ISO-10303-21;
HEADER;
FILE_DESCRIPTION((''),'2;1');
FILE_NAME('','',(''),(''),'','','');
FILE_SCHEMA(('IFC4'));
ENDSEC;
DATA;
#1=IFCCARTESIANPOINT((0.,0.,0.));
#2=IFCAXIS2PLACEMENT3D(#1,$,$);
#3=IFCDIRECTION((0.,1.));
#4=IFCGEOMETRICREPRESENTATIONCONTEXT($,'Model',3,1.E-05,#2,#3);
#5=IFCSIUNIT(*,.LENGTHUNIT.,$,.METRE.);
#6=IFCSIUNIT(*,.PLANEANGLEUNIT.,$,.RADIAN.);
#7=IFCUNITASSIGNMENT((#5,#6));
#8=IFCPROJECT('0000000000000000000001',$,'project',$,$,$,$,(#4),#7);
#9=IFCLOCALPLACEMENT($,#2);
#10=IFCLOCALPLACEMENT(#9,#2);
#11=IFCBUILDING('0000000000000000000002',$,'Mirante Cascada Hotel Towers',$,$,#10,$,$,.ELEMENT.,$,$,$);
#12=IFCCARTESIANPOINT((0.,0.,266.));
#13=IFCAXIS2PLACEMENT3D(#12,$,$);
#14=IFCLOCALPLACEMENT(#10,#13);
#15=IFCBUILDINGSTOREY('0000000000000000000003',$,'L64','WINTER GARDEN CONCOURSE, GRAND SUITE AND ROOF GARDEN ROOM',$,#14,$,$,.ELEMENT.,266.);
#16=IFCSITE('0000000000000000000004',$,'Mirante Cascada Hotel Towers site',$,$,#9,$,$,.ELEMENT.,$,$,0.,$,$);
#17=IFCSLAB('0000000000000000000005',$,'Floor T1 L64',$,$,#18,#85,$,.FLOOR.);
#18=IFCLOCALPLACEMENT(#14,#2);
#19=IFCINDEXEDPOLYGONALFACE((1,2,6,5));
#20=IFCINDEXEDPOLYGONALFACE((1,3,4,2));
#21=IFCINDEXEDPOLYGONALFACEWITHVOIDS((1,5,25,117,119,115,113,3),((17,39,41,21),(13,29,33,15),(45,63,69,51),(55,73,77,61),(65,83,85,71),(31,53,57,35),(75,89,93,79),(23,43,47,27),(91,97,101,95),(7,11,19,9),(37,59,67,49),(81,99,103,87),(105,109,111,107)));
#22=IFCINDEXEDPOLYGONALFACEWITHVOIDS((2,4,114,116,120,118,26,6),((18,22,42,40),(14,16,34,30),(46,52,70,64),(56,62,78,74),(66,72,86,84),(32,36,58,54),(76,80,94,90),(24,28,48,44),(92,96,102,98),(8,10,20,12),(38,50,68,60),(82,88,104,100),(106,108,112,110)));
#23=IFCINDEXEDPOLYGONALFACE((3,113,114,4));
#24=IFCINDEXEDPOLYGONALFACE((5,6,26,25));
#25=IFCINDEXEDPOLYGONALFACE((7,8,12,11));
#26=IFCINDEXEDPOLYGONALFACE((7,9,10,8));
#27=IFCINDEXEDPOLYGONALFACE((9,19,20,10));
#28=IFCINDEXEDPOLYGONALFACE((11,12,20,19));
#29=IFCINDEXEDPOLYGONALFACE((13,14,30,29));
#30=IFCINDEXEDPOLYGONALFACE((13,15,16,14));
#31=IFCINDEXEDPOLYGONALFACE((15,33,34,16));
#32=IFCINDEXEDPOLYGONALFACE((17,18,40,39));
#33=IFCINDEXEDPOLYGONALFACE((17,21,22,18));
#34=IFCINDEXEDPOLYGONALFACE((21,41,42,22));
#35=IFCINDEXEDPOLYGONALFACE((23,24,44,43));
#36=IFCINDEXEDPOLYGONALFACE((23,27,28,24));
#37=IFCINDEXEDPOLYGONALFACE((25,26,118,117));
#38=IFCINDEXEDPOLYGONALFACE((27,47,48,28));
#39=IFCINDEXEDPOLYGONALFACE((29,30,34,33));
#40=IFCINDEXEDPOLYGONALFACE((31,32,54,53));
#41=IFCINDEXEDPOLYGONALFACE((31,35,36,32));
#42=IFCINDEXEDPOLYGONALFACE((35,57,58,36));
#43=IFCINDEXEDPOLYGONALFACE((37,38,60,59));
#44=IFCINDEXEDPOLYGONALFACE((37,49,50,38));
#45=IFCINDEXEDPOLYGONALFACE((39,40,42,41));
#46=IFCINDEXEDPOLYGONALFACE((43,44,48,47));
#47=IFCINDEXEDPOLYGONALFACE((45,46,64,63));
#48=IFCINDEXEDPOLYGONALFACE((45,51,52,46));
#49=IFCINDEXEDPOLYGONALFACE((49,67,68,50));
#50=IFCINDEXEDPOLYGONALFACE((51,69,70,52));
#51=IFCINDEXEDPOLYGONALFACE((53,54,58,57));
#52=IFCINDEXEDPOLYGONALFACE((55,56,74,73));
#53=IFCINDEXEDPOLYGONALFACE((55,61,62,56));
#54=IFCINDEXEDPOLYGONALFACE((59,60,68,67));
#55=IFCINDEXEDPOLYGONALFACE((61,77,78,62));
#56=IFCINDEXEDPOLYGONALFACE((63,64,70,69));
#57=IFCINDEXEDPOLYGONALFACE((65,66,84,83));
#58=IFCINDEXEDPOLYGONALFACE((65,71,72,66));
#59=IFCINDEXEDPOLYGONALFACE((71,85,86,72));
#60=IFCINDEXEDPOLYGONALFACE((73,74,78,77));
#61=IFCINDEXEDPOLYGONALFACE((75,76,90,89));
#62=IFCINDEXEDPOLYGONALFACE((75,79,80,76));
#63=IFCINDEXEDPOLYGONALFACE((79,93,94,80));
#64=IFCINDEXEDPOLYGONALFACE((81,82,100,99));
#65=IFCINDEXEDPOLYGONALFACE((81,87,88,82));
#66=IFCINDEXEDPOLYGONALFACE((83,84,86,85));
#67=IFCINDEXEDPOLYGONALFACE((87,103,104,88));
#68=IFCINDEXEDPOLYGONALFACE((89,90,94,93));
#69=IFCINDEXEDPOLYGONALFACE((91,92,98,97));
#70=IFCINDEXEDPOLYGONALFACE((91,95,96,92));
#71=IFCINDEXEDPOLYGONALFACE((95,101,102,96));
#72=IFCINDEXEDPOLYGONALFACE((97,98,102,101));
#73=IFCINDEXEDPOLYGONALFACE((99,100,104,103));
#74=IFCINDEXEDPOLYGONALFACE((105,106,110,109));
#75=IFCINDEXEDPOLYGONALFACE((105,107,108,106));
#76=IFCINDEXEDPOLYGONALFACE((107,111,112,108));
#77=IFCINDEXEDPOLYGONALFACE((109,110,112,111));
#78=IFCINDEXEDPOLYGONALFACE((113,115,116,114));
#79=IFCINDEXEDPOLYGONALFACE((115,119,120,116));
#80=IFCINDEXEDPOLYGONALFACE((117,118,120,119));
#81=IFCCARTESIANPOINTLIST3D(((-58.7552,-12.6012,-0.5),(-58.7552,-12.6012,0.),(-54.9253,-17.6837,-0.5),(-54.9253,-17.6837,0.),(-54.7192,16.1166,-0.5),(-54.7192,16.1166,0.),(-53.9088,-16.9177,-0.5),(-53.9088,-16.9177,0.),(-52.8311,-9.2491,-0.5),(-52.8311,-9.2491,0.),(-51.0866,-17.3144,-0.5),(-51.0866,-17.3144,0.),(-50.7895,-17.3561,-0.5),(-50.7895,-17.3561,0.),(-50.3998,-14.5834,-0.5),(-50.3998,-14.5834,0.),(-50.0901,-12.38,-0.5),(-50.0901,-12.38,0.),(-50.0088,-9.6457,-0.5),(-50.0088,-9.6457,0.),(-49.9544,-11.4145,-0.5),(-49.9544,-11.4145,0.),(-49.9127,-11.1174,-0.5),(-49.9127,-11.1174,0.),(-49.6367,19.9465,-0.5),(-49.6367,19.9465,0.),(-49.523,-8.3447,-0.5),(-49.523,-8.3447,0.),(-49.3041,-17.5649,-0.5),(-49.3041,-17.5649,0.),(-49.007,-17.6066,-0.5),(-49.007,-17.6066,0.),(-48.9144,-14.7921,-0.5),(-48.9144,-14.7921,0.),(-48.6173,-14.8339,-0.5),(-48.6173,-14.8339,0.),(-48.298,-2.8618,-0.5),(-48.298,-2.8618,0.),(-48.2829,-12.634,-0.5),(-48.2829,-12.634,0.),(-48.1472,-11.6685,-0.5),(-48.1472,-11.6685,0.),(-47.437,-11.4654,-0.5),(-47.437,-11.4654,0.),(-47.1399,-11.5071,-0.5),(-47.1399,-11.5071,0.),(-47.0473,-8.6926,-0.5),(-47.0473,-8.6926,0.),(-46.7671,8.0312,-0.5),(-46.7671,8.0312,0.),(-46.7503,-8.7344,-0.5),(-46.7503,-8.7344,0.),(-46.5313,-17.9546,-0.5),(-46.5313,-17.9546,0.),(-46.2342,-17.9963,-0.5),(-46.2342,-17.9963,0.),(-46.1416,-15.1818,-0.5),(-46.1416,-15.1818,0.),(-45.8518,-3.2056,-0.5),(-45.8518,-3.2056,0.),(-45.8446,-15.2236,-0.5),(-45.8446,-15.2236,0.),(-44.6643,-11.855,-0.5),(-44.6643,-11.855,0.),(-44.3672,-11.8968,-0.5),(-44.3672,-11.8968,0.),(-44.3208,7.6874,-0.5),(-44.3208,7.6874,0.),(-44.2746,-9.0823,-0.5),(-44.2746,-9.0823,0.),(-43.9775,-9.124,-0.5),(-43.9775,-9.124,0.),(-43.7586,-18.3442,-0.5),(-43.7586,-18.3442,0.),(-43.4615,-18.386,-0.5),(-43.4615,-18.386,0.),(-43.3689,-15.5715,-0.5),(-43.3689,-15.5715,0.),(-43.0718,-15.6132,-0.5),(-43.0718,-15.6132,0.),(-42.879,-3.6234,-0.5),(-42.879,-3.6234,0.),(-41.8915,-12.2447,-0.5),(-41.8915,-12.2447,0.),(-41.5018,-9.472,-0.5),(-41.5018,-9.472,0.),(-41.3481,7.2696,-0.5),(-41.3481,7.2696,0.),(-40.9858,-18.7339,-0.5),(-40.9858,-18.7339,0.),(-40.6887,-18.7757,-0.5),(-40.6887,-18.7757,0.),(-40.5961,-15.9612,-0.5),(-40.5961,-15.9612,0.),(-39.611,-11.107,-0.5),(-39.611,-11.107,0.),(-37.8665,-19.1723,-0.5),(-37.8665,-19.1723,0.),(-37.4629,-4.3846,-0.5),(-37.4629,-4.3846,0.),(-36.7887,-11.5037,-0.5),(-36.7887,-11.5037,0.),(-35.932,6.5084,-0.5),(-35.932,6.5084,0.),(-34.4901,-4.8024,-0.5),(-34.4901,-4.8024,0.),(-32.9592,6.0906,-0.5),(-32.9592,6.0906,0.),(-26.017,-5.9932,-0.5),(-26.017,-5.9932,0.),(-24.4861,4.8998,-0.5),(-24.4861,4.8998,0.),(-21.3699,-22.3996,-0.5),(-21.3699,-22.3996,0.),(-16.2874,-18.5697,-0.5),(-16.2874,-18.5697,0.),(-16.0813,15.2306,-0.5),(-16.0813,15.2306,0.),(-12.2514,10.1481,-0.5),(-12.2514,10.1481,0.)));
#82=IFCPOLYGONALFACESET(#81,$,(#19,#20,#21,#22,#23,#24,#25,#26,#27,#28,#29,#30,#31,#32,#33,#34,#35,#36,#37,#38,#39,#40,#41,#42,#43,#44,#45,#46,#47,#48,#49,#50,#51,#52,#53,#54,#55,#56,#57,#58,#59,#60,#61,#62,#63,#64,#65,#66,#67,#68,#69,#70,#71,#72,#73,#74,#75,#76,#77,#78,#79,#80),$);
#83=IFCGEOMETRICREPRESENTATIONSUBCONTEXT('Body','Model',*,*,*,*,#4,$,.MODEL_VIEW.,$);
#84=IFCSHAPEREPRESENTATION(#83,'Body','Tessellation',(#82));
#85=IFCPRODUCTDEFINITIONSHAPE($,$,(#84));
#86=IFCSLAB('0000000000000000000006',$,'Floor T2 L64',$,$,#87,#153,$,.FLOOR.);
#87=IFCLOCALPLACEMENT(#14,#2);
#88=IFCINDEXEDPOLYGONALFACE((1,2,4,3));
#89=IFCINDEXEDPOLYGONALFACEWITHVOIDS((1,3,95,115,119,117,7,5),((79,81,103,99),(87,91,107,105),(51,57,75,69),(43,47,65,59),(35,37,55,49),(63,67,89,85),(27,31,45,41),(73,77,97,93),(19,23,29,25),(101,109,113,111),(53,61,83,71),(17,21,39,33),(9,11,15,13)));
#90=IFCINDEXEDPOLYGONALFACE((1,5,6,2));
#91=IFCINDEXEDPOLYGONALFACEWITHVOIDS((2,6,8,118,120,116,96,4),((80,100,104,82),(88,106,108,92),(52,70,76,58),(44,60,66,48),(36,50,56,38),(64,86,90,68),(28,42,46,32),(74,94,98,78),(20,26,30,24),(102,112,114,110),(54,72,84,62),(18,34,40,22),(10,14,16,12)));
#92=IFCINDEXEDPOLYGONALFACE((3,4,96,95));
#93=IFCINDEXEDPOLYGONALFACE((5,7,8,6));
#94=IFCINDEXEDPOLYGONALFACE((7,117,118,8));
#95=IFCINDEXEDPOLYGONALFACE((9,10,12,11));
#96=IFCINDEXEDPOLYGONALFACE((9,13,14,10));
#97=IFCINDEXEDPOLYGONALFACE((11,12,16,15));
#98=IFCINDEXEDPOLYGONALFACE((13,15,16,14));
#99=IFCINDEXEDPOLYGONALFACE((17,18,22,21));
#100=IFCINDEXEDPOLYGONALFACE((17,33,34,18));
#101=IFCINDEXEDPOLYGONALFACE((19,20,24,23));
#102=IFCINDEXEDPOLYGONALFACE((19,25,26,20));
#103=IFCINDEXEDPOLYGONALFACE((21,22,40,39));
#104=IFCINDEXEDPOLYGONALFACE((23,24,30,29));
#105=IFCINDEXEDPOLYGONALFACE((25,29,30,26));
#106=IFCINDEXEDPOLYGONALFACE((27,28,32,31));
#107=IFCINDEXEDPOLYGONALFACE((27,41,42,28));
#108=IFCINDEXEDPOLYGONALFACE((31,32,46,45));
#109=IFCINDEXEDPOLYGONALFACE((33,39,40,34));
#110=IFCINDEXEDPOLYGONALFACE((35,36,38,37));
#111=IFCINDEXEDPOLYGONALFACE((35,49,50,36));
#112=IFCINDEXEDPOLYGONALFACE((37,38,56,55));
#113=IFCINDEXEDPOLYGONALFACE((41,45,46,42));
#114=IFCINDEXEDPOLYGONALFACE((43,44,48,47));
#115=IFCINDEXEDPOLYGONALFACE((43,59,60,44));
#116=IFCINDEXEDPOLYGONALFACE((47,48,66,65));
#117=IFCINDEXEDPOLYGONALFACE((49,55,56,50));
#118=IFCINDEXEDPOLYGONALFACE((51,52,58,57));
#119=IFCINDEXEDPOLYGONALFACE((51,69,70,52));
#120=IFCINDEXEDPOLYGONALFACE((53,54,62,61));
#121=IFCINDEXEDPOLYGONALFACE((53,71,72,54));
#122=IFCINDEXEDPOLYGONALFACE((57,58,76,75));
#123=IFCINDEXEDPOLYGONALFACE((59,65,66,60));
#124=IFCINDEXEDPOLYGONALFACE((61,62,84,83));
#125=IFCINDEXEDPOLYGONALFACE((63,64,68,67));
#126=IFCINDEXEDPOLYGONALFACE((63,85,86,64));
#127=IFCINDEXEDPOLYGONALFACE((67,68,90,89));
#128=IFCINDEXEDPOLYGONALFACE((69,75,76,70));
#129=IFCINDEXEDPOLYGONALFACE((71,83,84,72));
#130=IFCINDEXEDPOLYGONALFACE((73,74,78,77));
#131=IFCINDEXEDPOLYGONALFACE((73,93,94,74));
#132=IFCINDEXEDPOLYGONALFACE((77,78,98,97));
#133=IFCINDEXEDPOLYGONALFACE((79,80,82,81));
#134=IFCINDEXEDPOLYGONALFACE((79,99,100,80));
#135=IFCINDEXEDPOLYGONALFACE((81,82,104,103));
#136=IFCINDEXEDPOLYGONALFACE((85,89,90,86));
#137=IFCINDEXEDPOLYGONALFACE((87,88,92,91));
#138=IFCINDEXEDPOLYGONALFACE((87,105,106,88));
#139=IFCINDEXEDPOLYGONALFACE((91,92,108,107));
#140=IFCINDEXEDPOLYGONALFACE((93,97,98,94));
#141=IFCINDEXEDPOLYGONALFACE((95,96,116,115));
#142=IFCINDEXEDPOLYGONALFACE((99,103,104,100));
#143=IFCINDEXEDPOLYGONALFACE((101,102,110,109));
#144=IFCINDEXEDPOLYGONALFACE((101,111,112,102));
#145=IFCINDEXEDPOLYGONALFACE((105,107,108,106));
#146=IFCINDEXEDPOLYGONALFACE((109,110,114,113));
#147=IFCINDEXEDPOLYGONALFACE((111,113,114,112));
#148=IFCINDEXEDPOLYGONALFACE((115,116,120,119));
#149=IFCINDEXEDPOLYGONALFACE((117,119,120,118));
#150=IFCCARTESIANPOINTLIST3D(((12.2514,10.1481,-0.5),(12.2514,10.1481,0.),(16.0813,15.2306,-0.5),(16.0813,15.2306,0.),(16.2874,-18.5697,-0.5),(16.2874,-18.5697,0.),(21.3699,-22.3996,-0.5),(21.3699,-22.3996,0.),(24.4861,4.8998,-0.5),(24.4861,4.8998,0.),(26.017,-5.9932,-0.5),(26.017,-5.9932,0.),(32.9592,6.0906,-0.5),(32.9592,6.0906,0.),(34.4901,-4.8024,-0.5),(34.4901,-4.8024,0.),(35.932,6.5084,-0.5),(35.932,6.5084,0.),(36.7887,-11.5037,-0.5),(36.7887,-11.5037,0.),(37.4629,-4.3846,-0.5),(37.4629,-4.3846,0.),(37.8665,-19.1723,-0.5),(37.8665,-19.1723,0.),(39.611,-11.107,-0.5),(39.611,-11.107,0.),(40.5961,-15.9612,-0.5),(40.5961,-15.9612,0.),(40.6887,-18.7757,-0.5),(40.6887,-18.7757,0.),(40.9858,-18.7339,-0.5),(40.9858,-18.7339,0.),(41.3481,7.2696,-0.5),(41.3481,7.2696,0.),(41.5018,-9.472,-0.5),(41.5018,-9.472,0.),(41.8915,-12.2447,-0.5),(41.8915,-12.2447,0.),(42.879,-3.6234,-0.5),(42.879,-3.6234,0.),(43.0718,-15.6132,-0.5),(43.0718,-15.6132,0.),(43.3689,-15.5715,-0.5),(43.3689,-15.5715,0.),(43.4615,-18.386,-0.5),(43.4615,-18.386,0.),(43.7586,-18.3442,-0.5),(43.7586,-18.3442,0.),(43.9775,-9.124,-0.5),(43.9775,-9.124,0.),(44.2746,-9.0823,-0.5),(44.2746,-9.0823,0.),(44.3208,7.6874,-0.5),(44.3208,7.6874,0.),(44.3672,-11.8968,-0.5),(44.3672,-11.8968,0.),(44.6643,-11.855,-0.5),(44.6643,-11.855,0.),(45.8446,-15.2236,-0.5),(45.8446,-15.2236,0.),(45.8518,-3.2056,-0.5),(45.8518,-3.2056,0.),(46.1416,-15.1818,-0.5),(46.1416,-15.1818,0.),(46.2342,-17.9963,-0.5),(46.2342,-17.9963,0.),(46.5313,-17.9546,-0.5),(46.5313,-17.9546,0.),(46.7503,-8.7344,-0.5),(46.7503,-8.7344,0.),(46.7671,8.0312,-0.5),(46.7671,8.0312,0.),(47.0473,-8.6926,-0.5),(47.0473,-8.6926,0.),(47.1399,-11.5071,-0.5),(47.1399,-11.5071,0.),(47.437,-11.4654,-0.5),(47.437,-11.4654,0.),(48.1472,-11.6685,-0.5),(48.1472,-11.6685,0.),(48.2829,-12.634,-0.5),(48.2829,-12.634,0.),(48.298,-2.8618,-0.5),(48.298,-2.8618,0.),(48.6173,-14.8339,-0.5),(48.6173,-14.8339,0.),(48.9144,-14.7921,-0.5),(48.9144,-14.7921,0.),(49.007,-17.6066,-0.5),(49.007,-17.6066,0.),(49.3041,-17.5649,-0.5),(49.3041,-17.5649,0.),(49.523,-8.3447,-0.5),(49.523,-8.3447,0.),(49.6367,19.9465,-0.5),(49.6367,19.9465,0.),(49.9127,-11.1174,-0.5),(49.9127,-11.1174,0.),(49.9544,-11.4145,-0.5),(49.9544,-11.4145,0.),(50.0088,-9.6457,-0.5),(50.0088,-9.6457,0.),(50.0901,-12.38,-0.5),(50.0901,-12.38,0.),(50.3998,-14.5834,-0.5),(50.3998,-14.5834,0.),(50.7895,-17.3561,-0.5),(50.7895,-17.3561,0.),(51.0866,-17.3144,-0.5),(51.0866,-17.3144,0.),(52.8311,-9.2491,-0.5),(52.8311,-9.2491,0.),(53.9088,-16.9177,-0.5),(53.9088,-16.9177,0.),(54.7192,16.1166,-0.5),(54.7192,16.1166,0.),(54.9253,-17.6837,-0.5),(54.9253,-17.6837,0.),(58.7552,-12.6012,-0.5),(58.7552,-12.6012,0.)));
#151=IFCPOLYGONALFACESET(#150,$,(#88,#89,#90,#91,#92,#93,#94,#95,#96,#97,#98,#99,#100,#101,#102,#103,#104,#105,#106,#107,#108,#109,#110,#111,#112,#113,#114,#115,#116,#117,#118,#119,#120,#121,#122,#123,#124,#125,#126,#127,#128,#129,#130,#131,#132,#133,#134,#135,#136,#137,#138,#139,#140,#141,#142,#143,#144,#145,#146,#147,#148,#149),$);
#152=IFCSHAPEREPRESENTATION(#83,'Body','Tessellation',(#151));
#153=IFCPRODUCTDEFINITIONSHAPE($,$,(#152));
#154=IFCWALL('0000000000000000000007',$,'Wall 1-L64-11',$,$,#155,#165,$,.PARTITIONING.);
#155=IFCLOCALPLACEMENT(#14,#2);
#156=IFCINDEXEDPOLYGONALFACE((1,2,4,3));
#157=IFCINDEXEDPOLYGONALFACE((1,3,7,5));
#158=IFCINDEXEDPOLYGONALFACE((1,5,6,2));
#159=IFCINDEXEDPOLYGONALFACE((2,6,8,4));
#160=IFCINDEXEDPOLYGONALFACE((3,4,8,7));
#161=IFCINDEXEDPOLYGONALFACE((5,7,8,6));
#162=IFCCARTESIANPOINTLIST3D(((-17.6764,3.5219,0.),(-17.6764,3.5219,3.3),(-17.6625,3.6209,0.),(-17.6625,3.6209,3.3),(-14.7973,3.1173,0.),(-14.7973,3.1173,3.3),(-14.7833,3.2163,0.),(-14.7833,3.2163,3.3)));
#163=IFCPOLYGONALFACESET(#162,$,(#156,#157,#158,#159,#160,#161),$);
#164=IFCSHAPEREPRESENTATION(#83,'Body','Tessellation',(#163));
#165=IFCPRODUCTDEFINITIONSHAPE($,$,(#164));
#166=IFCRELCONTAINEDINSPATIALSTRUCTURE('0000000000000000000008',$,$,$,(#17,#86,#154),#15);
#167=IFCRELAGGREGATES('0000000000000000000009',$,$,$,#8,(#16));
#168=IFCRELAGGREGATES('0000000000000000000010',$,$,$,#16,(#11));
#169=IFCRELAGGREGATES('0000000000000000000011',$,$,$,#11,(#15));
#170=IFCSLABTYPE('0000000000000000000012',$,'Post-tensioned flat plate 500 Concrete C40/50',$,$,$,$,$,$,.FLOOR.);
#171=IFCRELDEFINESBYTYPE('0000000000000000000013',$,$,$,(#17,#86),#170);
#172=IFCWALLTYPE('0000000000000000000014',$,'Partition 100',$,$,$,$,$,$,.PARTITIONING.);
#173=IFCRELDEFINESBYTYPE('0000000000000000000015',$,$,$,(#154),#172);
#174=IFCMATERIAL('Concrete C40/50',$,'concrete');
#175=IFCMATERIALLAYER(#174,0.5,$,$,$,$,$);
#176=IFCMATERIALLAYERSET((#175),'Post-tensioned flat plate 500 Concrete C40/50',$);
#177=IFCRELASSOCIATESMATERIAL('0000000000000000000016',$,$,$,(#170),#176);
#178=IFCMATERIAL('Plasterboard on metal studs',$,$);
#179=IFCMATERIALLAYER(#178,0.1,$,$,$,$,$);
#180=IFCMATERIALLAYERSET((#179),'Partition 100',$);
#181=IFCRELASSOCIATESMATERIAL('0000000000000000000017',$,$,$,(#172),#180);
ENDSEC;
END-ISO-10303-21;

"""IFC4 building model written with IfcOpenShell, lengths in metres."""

from ifc_helpers import new_model, si_unit, direction, frame, frame_2d, origin, place, context, subcontext, project, spatial, polyline, rectangle, outline, extrude, material, layer, layer_set, type_object, element, save


model = new_model("IFC4")

# Units and contexts
model_context = context("Model", 3, precision=1e-05, world=origin(), true_north=direction((0.0, 1.0)))
body_context = subcontext(model_context, "Body", "Model", "MODEL_VIEW")
ifc_project = project(units=[si_unit("LENGTHUNIT", "METRE"), si_unit("PLANEANGLEUNIT", "RADIAN")], contexts=[model_context])

# Site, building, storey
site_placement = place(None, origin())
site = spatial("IfcSite", under=ifc_project, at=site_placement, Name="Mirante Cascada Hotel Towers site", CompositionType="ELEMENT", RefElevation=0.0)
building_placement = place(site_placement, origin())
building = spatial("IfcBuilding", under=site, at=building_placement, Name="Mirante Cascada Hotel Towers", CompositionType="ELEMENT")
storey_placement = place(building_placement, frame((0.0, 0.0, 266.0)))
storey = spatial("IfcBuildingStorey", under=building, at=storey_placement, Name="L64", Description="WINTER GARDEN CONCOURSE, GRAND SUITE AND ROOF GARDEN ROOM", CompositionType="ELEMENT", Elevation=266.0)

# Slabs
ifc_material_1 = material(Name="Concrete C40/50", Category="concrete")
ifc_layer_1 = layer(ifc_material_1, 0.5)
ifc_layer_set_1 = layer_set([ifc_layer_1], Name="Post-tensioned flat plate 500 Concrete C40/50")
slab_type = type_object("IfcSlabType", Name="Post-tensioned flat plate 500 Concrete C40/50", PredefinedType="FLOOR", material=ifc_layer_set_1)
slab_1_placement = place(storey_placement, frame((0.0, 0.0, -0.5)))
element("IfcSlab", 1, at=slab_1_placement, inside=storey, type_object=slab_type, Name="Floor T1 L64", PredefinedType="FLOOR", context=body_context, shape_type="SweptSolid", body=[
    extrude(outline(polyline([(-16.2874, -18.5697), (-12.2514, 10.1481), (-16.0813, 15.2306), (-49.6367, 19.9465), (-54.7192, 16.1166), (-58.7552, -12.6012), (-54.9253, -17.6837), (-21.3699, -22.3996), (-16.2874, -18.5697)]), holes=[polyline([(-40.5961, -15.9612), (-40.9858, -18.7339), (-43.4615, -18.386), (-43.0718, -15.6132), (-40.5961, -15.9612)]), polyline([(-43.3689, -15.5715), (-43.7586, -18.3442), (-46.2342, -17.9963), (-45.8446, -15.2236), (-43.3689, -15.5715)]), polyline([(-37.8665, -19.1723), (-40.6887, -18.7757), (-39.611, -11.107), (-36.7887, -11.5037), (-37.8665, -19.1723)]), polyline([(-43.9775, -9.124), (-41.5018, -9.472), (-41.8915, -12.2447), (-44.3672, -11.8968), (-43.9775, -9.124)]), polyline([(-46.7503, -8.7344), (-44.2746, -9.0823), (-44.6643, -11.855), (-47.1399, -11.5071), (-46.7503, -8.7344)]), polyline([(-26.017, -5.9932), (-34.4901, -4.8024), (-32.9592, 6.0906), (-24.4861, 4.8998), (-26.017, -5.9932)]), polyline([(-42.879, -3.6234), (-42.879, -3.6234), (-41.3481, 7.2696), (-35.932, 6.5084), (-37.4629, -4.3846), (-37.4629, -4.3846), (-42.879, -3.6234)]), polyline([(-48.298, -2.8618), (-46.7671, 8.0312), (-44.3208, 7.6874), (-45.8518, -3.2056), (-45.8518, -3.2056), (-48.298, -2.8618)]), polyline([(-48.6173, -14.8339), (-46.1416, -15.1818), (-46.5313, -17.9546), (-49.007, -17.6066), (-48.6173, -14.8339)]), polyline([(-50.3998, -14.5834), (-48.9144, -14.7921), (-49.3041, -17.5649), (-50.7895, -17.3561), (-50.3998, -14.5834)]), polyline([(-51.0866, -17.3144), (-53.9088, -16.9177), (-52.8311, -9.2491), (-50.0088, -9.6457), (-51.0866, -17.3144)]), polyline([(-49.9544, -11.4145), (-48.1472, -11.6685), (-48.2829, -12.634), (-50.0901, -12.38), (-49.9544, -11.4145)]), polyline([(-49.523, -8.3447), (-47.0473, -8.6926), (-47.437, -11.4654), (-49.9127, -11.1174), (-49.523, -8.3447)])]), origin(), (0.0, 0.0, 1.0), 0.5),
])
slab_2_placement = place(storey_placement, frame((0.0, 0.0, -0.5)))
element("IfcSlab", 2, at=slab_2_placement, inside=storey, type_object=slab_type, Name="Floor T2 L64", PredefinedType="FLOOR", context=body_context, shape_type="SweptSolid", body=[
    extrude(outline(polyline([(16.2874, -18.5697), (12.2514, 10.1481), (16.0813, 15.2306), (49.6367, 19.9465), (54.7192, 16.1166), (58.7552, -12.6012), (54.9253, -17.6837), (21.3699, -22.3996), (16.2874, -18.5697)]), holes=[polyline([(40.5961, -15.9612), (40.9858, -18.7339), (43.4615, -18.386), (43.0718, -15.6132), (40.5961, -15.9612)]), polyline([(43.3689, -15.5715), (43.7586, -18.3442), (46.2342, -17.9963), (45.8446, -15.2236), (43.3689, -15.5715)]), polyline([(40.6887, -18.7757), (39.611, -11.107), (36.7887, -11.5037), (37.8665, -19.1723), (40.6887, -18.7757)]), polyline([(43.9775, -9.124), (41.5018, -9.472), (41.8915, -12.2447), (44.3672, -11.8968), (43.9775, -9.124)]), polyline([(46.7503, -8.7344), (44.2746, -9.0823), (44.6643, -11.855), (47.1399, -11.5071), (46.7503, -8.7344)]), polyline([(26.017, -5.9932), (24.4861, 4.8998), (32.9592, 6.0906), (34.4901, -4.8024), (26.017, -5.9932)]), polyline([(37.4629, -4.3846), (37.4629, -4.3846), (35.932, 6.5084), (41.3481, 7.2696), (42.879, -3.6234), (42.879, -3.6234), (37.4629, -4.3846)]), polyline([(46.7671, 8.0312), (48.298, -2.8618), (45.8518, -3.2056), (45.8518, -3.2056), (44.3208, 7.6874), (46.7671, 8.0312)]), polyline([(48.6173, -14.8339), (46.1416, -15.1818), (46.5313, -17.9546), (49.007, -17.6066), (48.6173, -14.8339)]), polyline([(50.3998, -14.5834), (48.9144, -14.7921), (49.3041, -17.5649), (50.7895, -17.3561), (50.3998, -14.5834)]), polyline([(53.9088, -16.9177), (52.8311, -9.2491), (50.0088, -9.6457), (51.0866, -17.3144), (53.9088, -16.9177)]), polyline([(49.9544, -11.4145), (48.1472, -11.6685), (48.2829, -12.634), (50.0901, -12.38), (49.9544, -11.4145)]), polyline([(49.523, -8.3447), (47.0473, -8.6926), (47.437, -11.4654), (49.9127, -11.1174), (49.523, -8.3447)])]), origin(), (0.0, 0.0, 1.0), 0.5),
])

# Wall
ifc_material_2 = material(Name="Plasterboard on metal studs")
ifc_layer_2 = layer(ifc_material_2, 0.1)
ifc_layer_set_2 = layer_set([ifc_layer_2], Name="Partition 100")
wall_type = type_object("IfcWallType", Name="Partition 100", PredefinedType="PARTITIONING", material=ifc_layer_set_2)
wall_1_placement = place(storey_placement, frame((-14.7903, 3.1668, 0.0), z_axis=(0.0, 0.0, 1.0), x_axis=(-0.99027, 0.139163, 0.0)))
element("IfcWall", 3, at=wall_1_placement, inside=storey, type_object=wall_type, Name="Wall 1-L64-11", PredefinedType="PARTITIONING", context=body_context, shape_type="SweptSolid", body=[
    extrude(rectangle(XDim=2.9074, YDim=0.1, at=frame_2d((1.4537, 0.0))), origin(), (0.0, 0.0, 1.0), 3.3),
])

save(model, "model.ifc")
